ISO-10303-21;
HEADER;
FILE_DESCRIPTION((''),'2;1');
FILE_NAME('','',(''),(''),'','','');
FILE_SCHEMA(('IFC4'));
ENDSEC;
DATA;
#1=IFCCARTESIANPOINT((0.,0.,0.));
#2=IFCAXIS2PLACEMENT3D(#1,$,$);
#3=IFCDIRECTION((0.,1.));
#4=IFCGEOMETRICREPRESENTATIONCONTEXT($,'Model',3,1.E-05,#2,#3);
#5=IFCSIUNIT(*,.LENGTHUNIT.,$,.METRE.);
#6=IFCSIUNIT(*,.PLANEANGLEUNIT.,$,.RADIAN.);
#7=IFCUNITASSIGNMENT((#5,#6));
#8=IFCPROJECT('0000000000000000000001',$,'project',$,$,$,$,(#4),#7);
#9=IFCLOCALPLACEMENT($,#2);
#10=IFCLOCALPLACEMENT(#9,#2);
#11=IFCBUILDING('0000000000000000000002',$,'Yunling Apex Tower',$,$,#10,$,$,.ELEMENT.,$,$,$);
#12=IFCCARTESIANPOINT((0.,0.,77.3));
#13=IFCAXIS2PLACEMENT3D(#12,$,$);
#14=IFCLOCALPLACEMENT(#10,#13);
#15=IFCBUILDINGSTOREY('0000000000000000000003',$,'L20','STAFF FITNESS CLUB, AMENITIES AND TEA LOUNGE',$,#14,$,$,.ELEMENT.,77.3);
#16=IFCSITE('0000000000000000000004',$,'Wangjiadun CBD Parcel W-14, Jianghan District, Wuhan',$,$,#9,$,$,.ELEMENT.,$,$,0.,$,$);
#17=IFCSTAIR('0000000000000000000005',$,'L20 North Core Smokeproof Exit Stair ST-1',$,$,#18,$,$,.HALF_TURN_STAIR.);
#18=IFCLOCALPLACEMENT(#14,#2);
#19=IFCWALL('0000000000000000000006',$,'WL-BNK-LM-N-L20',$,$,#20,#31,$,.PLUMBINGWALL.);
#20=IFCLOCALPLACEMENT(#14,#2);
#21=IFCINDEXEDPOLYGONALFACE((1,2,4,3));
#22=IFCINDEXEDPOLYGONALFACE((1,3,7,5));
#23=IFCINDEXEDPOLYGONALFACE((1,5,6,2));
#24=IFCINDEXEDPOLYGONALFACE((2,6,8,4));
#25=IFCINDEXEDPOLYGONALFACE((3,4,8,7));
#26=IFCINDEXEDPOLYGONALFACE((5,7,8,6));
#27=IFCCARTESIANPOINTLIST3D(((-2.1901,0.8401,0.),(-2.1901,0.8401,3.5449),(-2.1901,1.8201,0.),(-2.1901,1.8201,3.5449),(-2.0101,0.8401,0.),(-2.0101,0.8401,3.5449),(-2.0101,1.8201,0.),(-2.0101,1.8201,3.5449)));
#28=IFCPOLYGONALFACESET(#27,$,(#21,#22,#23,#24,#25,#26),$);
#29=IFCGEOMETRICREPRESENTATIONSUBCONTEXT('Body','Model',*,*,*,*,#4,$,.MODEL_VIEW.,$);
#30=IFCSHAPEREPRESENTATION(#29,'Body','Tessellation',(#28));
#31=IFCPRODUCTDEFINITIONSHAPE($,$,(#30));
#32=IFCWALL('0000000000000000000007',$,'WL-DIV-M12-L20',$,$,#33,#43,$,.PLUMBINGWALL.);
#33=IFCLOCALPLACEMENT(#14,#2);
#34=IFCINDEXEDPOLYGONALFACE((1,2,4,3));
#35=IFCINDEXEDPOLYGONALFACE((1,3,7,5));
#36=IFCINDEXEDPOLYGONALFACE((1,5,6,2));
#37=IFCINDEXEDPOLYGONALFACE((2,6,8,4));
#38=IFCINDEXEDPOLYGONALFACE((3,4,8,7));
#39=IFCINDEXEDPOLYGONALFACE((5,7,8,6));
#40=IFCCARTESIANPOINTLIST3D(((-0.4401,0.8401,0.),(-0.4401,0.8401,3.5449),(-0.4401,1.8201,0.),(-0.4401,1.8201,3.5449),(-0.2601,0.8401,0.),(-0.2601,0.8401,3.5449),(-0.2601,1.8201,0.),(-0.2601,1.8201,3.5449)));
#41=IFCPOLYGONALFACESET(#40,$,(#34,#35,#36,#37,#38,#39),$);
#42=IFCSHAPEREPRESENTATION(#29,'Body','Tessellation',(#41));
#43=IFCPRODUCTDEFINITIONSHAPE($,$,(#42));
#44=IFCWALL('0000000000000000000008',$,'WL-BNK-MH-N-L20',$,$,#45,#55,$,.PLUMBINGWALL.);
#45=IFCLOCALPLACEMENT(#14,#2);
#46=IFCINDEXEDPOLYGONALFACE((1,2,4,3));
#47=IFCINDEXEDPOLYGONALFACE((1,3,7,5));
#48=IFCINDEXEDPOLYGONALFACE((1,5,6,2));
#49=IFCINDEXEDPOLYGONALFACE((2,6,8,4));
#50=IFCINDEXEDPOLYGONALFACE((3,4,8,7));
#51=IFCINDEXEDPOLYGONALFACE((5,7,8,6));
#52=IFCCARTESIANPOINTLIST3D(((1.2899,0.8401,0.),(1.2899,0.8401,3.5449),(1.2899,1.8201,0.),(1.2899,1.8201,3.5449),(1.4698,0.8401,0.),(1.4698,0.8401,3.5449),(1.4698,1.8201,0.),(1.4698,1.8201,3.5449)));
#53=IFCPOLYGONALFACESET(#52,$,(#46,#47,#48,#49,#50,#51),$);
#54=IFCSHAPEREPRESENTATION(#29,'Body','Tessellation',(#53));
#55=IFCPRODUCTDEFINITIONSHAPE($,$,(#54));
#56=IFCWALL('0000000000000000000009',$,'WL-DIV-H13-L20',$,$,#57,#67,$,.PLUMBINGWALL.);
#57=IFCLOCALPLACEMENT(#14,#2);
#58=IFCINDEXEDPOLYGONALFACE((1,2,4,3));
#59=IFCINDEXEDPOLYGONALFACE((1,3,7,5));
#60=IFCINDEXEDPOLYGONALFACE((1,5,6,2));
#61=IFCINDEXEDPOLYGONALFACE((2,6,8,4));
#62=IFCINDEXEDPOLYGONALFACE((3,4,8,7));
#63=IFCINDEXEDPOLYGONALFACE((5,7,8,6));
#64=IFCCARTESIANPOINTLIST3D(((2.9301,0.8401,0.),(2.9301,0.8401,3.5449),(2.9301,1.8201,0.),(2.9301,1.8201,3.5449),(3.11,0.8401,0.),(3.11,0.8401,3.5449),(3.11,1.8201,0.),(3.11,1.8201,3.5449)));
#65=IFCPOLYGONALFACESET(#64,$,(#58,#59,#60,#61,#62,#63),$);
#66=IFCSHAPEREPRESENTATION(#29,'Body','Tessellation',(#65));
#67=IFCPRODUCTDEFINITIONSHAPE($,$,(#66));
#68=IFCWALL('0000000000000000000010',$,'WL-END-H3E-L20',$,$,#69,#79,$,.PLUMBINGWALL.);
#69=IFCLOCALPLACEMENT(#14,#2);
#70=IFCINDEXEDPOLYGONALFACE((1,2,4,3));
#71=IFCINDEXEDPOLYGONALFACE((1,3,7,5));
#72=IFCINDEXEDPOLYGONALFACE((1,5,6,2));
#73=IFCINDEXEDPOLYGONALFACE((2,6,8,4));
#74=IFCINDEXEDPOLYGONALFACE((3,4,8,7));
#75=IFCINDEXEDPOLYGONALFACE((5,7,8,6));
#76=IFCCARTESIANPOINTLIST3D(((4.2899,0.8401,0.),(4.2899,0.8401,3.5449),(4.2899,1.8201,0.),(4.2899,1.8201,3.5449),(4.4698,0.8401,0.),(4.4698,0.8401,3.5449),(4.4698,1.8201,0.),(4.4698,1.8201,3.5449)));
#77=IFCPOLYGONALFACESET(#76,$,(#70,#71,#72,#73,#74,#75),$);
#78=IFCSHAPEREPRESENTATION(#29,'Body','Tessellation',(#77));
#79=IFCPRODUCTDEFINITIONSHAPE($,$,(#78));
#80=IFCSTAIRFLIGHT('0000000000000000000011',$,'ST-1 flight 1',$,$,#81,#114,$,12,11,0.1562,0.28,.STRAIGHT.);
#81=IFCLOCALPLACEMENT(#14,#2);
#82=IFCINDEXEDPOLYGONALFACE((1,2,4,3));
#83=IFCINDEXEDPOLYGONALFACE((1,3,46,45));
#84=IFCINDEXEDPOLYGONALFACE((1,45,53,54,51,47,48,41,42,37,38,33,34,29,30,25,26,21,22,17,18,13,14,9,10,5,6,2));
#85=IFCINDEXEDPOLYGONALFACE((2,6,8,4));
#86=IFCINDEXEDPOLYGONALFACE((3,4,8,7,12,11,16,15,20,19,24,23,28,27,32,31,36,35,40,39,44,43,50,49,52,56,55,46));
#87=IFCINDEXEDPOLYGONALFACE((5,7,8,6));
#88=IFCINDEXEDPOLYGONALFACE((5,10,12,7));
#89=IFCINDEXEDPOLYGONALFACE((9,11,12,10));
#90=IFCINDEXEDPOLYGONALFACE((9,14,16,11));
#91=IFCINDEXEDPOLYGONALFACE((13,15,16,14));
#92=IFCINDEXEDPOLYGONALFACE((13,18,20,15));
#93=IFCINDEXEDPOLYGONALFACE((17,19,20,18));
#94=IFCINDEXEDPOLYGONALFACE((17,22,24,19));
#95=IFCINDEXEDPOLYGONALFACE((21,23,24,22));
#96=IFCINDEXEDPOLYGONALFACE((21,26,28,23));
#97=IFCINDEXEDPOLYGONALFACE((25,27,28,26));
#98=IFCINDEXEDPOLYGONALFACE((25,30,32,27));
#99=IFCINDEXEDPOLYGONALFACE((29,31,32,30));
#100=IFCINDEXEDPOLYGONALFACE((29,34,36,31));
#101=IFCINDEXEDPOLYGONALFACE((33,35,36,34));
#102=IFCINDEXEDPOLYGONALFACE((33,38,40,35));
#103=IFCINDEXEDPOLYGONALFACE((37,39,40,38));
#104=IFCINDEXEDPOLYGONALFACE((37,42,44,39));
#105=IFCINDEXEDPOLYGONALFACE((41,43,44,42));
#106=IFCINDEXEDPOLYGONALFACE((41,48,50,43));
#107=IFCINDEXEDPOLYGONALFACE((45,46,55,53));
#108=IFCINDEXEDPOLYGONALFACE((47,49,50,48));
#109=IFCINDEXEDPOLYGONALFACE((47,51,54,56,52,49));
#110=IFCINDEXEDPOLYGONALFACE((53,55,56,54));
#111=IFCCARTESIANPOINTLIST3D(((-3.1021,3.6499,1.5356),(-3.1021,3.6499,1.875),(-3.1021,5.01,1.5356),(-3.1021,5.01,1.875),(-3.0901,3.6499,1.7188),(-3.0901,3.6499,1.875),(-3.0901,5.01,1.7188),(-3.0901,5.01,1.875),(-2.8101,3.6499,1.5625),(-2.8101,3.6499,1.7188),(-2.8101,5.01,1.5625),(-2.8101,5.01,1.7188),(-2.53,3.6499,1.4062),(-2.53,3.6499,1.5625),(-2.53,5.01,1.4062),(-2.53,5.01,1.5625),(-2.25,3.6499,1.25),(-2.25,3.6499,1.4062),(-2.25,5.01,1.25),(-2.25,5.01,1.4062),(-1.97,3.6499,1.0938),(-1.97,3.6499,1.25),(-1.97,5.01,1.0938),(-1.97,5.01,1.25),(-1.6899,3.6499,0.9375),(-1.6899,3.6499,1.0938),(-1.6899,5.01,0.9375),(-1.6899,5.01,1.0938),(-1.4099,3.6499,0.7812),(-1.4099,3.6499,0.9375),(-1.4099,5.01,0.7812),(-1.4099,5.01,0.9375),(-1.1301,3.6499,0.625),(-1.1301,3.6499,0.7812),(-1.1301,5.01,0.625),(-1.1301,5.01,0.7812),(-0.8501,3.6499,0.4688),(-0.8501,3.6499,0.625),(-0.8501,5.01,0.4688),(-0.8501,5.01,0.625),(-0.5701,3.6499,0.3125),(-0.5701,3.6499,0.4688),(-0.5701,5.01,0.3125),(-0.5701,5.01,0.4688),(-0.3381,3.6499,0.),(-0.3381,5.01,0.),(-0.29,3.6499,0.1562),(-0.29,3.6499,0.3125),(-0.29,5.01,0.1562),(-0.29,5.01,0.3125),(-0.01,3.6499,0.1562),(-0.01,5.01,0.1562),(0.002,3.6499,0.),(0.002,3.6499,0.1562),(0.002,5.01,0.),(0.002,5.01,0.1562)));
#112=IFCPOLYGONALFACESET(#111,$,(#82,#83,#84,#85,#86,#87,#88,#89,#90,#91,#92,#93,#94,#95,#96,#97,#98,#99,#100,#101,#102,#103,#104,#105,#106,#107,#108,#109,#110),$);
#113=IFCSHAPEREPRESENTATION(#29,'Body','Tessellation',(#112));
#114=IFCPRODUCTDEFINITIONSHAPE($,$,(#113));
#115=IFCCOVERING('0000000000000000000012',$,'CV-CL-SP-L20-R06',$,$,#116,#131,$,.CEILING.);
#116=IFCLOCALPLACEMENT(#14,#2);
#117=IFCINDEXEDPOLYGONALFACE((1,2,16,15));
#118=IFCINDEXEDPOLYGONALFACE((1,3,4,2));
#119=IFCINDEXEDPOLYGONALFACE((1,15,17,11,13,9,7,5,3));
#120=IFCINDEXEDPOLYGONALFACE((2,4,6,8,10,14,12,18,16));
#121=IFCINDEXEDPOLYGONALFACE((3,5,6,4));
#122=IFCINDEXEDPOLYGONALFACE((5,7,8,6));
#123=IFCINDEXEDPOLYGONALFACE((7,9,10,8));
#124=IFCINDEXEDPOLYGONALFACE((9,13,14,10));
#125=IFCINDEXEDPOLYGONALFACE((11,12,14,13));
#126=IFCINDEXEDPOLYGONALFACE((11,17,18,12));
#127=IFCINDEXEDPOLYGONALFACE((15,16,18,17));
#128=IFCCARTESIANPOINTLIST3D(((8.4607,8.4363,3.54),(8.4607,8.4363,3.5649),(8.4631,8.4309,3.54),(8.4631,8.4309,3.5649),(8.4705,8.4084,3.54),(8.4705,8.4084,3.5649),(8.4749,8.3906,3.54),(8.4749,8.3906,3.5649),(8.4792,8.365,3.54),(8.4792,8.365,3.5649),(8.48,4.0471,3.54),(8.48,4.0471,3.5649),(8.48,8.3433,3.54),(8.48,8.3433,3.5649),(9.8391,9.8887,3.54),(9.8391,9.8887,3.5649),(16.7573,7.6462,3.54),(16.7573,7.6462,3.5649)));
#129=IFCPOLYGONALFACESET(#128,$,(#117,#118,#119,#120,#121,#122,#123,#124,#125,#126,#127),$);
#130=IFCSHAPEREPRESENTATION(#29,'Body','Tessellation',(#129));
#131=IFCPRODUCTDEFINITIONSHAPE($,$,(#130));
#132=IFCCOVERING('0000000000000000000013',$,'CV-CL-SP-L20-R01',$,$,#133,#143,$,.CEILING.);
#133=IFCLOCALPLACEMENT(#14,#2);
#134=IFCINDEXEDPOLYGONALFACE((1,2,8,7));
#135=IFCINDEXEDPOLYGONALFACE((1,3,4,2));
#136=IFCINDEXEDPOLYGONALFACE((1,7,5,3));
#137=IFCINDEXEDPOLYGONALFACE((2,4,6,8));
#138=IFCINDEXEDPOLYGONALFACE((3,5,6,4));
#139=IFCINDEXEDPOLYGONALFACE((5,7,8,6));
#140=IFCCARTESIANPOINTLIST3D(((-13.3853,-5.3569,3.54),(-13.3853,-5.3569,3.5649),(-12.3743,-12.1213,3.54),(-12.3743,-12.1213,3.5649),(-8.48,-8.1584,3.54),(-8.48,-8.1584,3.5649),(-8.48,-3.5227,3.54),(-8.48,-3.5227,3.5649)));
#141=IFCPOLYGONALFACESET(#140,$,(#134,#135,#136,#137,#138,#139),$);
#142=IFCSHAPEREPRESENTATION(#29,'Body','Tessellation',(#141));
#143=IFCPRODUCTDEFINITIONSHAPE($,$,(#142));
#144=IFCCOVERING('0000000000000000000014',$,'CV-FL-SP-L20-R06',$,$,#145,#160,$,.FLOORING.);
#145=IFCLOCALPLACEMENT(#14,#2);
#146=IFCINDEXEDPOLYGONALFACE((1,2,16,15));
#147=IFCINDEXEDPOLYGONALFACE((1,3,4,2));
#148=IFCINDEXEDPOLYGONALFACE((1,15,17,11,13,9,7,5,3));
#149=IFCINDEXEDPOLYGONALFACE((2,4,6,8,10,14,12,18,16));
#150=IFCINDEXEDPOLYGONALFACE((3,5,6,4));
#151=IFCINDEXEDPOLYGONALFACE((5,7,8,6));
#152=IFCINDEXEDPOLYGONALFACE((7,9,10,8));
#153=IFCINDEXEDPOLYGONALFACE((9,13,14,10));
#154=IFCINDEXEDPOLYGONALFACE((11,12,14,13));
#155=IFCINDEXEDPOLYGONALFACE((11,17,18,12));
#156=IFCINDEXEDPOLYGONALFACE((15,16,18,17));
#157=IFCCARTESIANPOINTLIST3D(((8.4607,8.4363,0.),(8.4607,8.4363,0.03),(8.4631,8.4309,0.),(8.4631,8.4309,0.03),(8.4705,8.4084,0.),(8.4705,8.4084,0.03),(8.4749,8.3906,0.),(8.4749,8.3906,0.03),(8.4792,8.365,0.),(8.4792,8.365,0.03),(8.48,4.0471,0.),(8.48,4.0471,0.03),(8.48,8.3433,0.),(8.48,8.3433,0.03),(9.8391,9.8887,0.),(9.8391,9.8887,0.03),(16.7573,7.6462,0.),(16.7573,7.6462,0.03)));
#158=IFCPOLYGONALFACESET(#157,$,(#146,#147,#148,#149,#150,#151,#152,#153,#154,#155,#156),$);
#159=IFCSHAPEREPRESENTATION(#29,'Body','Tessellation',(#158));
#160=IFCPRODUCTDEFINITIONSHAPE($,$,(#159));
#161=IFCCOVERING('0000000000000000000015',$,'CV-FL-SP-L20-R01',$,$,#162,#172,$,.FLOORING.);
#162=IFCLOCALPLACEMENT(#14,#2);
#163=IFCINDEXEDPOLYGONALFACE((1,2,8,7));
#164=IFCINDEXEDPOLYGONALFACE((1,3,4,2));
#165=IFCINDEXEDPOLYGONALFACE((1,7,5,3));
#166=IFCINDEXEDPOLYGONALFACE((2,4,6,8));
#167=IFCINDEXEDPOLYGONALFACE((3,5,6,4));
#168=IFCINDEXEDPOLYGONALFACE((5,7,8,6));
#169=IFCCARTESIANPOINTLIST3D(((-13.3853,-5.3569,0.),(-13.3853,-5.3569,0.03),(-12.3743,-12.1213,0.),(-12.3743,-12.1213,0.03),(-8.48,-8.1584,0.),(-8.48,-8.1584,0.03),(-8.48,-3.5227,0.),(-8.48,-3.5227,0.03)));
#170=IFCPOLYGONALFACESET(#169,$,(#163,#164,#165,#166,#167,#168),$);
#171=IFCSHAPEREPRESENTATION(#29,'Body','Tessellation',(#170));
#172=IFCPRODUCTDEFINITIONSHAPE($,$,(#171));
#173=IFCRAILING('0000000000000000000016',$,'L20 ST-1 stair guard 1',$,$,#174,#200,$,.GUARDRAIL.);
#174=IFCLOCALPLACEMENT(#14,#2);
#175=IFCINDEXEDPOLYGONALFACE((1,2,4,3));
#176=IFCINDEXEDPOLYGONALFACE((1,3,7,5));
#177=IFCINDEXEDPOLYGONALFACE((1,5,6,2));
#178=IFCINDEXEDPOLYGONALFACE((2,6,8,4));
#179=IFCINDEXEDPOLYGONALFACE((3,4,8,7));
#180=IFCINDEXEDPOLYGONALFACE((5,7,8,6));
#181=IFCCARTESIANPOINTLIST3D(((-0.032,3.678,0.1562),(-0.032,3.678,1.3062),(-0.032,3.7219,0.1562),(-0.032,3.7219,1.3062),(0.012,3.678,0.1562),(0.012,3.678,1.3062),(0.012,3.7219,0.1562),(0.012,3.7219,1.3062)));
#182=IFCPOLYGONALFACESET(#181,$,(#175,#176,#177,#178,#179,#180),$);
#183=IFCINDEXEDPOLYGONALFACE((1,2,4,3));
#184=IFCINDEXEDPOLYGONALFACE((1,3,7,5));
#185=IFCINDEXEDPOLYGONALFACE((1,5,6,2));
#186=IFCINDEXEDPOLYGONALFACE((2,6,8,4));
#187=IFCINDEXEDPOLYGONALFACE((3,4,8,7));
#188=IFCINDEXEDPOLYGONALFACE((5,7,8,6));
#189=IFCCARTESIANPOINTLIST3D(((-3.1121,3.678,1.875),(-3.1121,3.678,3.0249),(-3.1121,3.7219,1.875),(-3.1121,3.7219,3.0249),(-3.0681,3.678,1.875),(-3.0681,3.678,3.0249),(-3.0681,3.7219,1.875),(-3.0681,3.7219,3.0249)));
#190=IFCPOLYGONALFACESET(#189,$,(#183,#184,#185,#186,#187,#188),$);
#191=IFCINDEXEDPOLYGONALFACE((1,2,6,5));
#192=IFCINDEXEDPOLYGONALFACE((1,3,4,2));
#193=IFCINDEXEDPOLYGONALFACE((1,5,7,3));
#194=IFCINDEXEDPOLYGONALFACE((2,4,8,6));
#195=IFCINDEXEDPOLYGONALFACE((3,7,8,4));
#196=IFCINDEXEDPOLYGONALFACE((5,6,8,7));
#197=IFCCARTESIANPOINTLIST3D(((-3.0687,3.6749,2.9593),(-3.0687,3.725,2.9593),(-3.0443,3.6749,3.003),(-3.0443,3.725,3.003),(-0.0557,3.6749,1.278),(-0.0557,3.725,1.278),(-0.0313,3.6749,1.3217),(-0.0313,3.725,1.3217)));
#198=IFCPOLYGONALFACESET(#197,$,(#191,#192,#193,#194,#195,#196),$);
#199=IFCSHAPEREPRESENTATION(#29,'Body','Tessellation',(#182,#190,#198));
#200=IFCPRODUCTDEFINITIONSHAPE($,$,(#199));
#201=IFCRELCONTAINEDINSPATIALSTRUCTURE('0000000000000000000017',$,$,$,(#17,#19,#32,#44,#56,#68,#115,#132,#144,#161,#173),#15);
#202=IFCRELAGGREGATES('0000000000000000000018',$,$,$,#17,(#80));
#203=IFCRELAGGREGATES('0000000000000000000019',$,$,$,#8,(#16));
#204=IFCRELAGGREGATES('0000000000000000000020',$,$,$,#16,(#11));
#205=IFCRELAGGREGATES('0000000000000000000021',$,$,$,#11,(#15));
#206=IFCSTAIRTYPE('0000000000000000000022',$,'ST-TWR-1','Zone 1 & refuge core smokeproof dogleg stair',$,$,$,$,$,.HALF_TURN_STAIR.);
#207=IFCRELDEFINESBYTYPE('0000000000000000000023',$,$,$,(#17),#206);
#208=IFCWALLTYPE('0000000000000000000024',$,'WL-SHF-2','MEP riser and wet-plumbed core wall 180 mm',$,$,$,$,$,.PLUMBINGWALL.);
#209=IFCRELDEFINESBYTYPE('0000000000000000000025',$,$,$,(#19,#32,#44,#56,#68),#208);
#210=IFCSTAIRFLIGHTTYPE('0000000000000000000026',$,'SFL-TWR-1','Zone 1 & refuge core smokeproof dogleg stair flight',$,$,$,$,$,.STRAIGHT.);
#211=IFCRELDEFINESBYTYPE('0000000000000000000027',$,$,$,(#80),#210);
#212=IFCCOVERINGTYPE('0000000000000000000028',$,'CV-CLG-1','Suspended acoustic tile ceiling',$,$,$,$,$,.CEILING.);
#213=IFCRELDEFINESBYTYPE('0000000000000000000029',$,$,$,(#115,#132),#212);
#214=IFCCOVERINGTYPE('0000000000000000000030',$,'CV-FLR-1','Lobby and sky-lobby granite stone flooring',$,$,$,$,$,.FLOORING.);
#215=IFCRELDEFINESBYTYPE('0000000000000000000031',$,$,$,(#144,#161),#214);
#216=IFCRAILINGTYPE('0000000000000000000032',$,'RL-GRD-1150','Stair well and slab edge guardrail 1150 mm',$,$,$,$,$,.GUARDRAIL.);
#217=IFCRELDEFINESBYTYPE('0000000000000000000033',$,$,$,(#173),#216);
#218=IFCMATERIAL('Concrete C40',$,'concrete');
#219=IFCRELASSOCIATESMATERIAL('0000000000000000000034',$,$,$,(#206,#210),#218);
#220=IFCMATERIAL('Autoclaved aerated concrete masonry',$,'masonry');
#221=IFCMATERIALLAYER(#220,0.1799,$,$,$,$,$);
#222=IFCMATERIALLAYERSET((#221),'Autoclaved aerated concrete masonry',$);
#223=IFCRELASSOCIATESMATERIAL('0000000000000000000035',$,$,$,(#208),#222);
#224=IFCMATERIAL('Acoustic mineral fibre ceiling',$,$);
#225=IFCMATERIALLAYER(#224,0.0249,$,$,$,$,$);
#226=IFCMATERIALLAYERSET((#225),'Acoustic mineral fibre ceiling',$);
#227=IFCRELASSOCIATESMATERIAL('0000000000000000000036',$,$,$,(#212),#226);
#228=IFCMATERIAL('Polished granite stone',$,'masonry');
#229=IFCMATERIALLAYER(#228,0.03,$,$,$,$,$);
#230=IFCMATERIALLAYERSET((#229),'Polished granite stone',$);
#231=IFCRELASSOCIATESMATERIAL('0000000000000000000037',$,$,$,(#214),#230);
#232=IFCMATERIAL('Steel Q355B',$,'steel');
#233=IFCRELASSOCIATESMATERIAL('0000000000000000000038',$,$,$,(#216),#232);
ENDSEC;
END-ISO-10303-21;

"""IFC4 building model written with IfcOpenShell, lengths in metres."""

from ifc_helpers import new_model, si_unit, direction, frame, frame_2d, origin, origin_2d, place, context, subcontext, project, spatial, polyline, rectangle, outline, extrude, material, layer, layer_set, type_object, element, aggregate, save


model = new_model("IFC4")

# Units and contexts
model_context = context("Model", 3, precision=1e-05, world=origin(), true_north=direction((0.0, 1.0)))
body_context = subcontext(model_context, "Body", "Model", "MODEL_VIEW")
ifc_project = project(units=[si_unit("LENGTHUNIT", "METRE"), si_unit("PLANEANGLEUNIT", "RADIAN")], contexts=[model_context])

# Site, building, storey
site_placement = place(None, origin())
site = spatial("IfcSite", under=ifc_project, at=site_placement, Name="Wangjiadun CBD Parcel W-14, Jianghan District, Wuhan", CompositionType="ELEMENT", RefElevation=0.0)
building_placement = place(site_placement, origin())
building = spatial("IfcBuilding", under=site, at=building_placement, Name="Yunling Apex Tower", CompositionType="ELEMENT")
storey_placement = place(building_placement, frame((0.0, 0.0, 77.3)))
storey = spatial("IfcBuildingStorey", under=building, at=storey_placement, Name="L20", Description="STAFF FITNESS CLUB, AMENITIES AND TEA LOUNGE", CompositionType="ELEMENT", Elevation=77.3)

# Shared definitions
ifc_material_1 = material(Name="Concrete C40", Category="concrete")

# Stair
stair_type = type_object("IfcStairType", Name="ST-TWR-1", Description="Zone 1 & refuge core smokeproof dogleg stair", PredefinedType="HALF_TURN_STAIR", material=ifc_material_1)
stair_1_placement = place(storey_placement, origin())
stair_1 = element("IfcStair", 1, at=stair_1_placement, inside=storey, type_object=stair_type, Name="L20 North Core Smokeproof Exit Stair ST-1", PredefinedType="HALF_TURN_STAIR")

# Shared definitions
ifc_material_2 = material(Name="Autoclaved aerated concrete masonry", Category="masonry")
ifc_material_3 = material(Name="Steel Q355B", Category="steel")

# Walls
ifc_layer_1 = layer(ifc_material_2, 0.1799)
ifc_layer_set_1 = layer_set([ifc_layer_1], Name="Autoclaved aerated concrete masonry")
wall_type_1 = type_object("IfcWallType", Name="WL-SHF-2", Description="MEP riser and wet-plumbed core wall 180 mm", PredefinedType="PLUMBINGWALL", material=ifc_layer_set_1)
for number, where, z_axis, x_axis, name in (
    (2, (-2.1001, 0.8401, 0.0), (0.0, 0.0, 1.0), (0.0, 1.0, 0.0), "WL-BNK-LM-N-L20"),
    (3, (-0.3501, 0.8401, 0.0), (0.0, 0.0, 1.0), (0.0, 1.0, 0.0), "WL-DIV-M12-L20"),
    (4, (1.3799, 0.8401, 0.0), (0.0, 0.0, 1.0), (0.0, 1.0, 0.0), "WL-BNK-MH-N-L20"),
    (5, (3.02, 0.8401, 0.0), (0.0, 0.0, 1.0), (0.0, 1.0, 0.0), "WL-DIV-H13-L20"),
    (6, (4.3799, 0.8401, 0.0), (0.0, 0.0, 1.0), (0.0, 1.0, 0.0), "WL-END-H3E-L20"),
):
    element("IfcWall", number, at=place(storey_placement, frame(where, z_axis=z_axis, x_axis=x_axis)), inside=storey, type_object=wall_type_1, Name=name, PredefinedType="PLUMBINGWALL", context=body_context, shape_type="SweptSolid", body=[
        extrude(rectangle(XDim=0.98, YDim=0.1799, at=frame_2d((0.49, 0.0))), origin(), (0.0, 0.0, 1.0), 3.5449),
    ])

# Stair flight
stair_flight_type = type_object("IfcStairFlightType", Name="SFL-TWR-1", Description="Zone 1 & refuge core smokeproof dogleg stair flight", PredefinedType="STRAIGHT", material=ifc_material_1)
stair_flight_placement = place(storey_placement, frame((-0.01, 4.3301, 0.0), z_axis=(0.0, 0.0, 1.0), x_axis=(-1.0, 0.0, 0.0)))
stair_flight = element("IfcStairFlight", 7, at=stair_flight_placement, type_object=stair_flight_type, Name="ST-1 flight 1", NumberOfRisers=12, NumberOfTreads=11, PredefinedType="STRAIGHT", RiserHeight=0.1562, TreadLength=0.28, context=body_context, shape_type="SweptSolid", body=[
    extrude(outline(polyline([(-0.012, 0.0), (-0.012, 0.1562), (0.0, 0.1562), (0.28, 0.1562), (0.28, 0.3125), (0.5601, 0.3125), (0.5601, 0.4688), (0.8401, 0.4688), (0.8401, 0.625), (1.1201, 0.625), (1.1201, 0.7812), (1.3999, 0.7812), (1.3999, 0.9375), (1.6799, 0.9375), (1.6799, 1.0938), (1.96, 1.0938), (1.96, 1.25), (2.24, 1.25), (2.24, 1.4062), (2.52, 1.4062), (2.52, 1.5625), (2.8, 1.5625), (2.8, 1.7188), (3.0801, 1.7188), (3.0801, 1.875), (3.092, 1.875), (3.092, 1.5356), (0.3281, 0.0), (-0.012, 0.0)])), frame((0.0, 0.6802, 0.0), z_axis=(0.0, -1.0, 0.0), x_axis=(1.0, 0.0, 0.0)), (0.0, 0.0, 1.0), 1.3601),
])
aggregate(stair_1, [stair_flight])

# Coverings
ifc_material_4 = material(Name="Acoustic mineral fibre ceiling")
ifc_layer_2 = layer(ifc_material_4, 0.0249)
ifc_layer_set_2 = layer_set([ifc_layer_2], Name="Acoustic mineral fibre ceiling")
covering_type_1 = type_object("IfcCoveringType", Name="CV-CLG-1", Description="Suspended acoustic tile ceiling", PredefinedType="CEILING", material=ifc_layer_set_2)
covering_1_placement = place(storey_placement, frame((0.0, 0.0, 3.54)))
element("IfcCovering", 8, at=covering_1_placement, inside=storey, type_object=covering_type_1, Name="CV-CL-SP-L20-R06", PredefinedType="CEILING", context=body_context, shape_type="SweptSolid", body=[
    extrude(outline(polyline([(8.4607, 8.4363), (9.8391, 9.8887), (16.7573, 7.6462), (8.48, 4.0471), (8.48, 8.3433), (8.4792, 8.365), (8.4749, 8.3906), (8.4705, 8.4084), (8.4631, 8.4309), (8.4607, 8.4363)])), origin(), (0.0, 0.0, 1.0), 0.0249),
])
covering_2_placement = place(storey_placement, frame((0.0, 0.0, 3.54)))
element("IfcCovering", 9, at=covering_2_placement, inside=storey, type_object=covering_type_1, Name="CV-CL-SP-L20-R01", PredefinedType="CEILING", context=body_context, shape_type="SweptSolid", body=[
    extrude(outline(polyline([(-12.3743, -12.1213), (-13.3853, -5.3569), (-8.48, -3.5227), (-8.48, -8.1584), (-12.3743, -12.1213)])), origin(), (0.0, 0.0, 1.0), 0.0249),
])
ifc_material_5 = material(Name="Polished granite stone", Category="masonry")
ifc_layer_3 = layer(ifc_material_5, 0.03)
ifc_layer_set_3 = layer_set([ifc_layer_3], Name="Polished granite stone")
covering_type_2 = type_object("IfcCoveringType", Name="CV-FLR-1", Description="Lobby and sky-lobby granite stone flooring", PredefinedType="FLOORING", material=ifc_layer_set_3)
covering_3_placement = place(storey_placement, origin())
element("IfcCovering", 10, at=covering_3_placement, inside=storey, type_object=covering_type_2, Name="CV-FL-SP-L20-R06", PredefinedType="FLOORING", context=body_context, shape_type="SweptSolid", body=[
    extrude(outline(polyline([(8.4607, 8.4363), (9.8391, 9.8887), (16.7573, 7.6462), (8.48, 4.0471), (8.48, 8.3433), (8.4792, 8.365), (8.4749, 8.3906), (8.4705, 8.4084), (8.4631, 8.4309), (8.4607, 8.4363)])), origin(), (0.0, 0.0, 1.0), 0.03),
])
covering_4_placement = place(storey_placement, origin())
element("IfcCovering", 11, at=covering_4_placement, inside=storey, type_object=covering_type_2, Name="CV-FL-SP-L20-R01", PredefinedType="FLOORING", context=body_context, shape_type="SweptSolid", body=[
    extrude(outline(polyline([(-12.3743, -12.1213), (-13.3853, -5.3569), (-8.48, -3.5227), (-8.48, -8.1584), (-12.3743, -12.1213)])), origin(), (0.0, 0.0, 1.0), 0.03),
])

# Railing
railing_type_1 = type_object("IfcRailingType", Name="RL-GRD-1150", Description="Stair well and slab edge guardrail 1150 mm", PredefinedType="GUARDRAIL", material=ifc_material_3)
railing_1_placement = place(storey_placement, frame((-0.01, 3.7, 0.1562)))
element("IfcRailing", 12, at=railing_1_placement, inside=storey, type_object=railing_type_1, Name="L20 ST-1 stair guard 1", PredefinedType="GUARDRAIL", context=body_context, shape_type="SweptSolid", body=[
    extrude(rectangle(XDim=0.0439, YDim=0.0439, at=origin_2d()), origin(), (0.0, 0.0, 1.0), 1.1499),
    extrude(rectangle(XDim=0.0439, YDim=0.0439, at=origin_2d()), frame((-3.0801, 0.0, 1.7188)), (0.0, 0.0, 1.0), 1.1499),
    extrude(rectangle(XDim=0.05, YDim=0.05, at=origin_2d()), frame((-0.0334, 0.0, 1.1436), z_axis=(-0.873242, 0.0, 0.487288), x_axis=(0.0, -1.0, 0.0)), (0.0, 0.0, 1.0), 3.4504),
])

save(model, "model.ifc")
